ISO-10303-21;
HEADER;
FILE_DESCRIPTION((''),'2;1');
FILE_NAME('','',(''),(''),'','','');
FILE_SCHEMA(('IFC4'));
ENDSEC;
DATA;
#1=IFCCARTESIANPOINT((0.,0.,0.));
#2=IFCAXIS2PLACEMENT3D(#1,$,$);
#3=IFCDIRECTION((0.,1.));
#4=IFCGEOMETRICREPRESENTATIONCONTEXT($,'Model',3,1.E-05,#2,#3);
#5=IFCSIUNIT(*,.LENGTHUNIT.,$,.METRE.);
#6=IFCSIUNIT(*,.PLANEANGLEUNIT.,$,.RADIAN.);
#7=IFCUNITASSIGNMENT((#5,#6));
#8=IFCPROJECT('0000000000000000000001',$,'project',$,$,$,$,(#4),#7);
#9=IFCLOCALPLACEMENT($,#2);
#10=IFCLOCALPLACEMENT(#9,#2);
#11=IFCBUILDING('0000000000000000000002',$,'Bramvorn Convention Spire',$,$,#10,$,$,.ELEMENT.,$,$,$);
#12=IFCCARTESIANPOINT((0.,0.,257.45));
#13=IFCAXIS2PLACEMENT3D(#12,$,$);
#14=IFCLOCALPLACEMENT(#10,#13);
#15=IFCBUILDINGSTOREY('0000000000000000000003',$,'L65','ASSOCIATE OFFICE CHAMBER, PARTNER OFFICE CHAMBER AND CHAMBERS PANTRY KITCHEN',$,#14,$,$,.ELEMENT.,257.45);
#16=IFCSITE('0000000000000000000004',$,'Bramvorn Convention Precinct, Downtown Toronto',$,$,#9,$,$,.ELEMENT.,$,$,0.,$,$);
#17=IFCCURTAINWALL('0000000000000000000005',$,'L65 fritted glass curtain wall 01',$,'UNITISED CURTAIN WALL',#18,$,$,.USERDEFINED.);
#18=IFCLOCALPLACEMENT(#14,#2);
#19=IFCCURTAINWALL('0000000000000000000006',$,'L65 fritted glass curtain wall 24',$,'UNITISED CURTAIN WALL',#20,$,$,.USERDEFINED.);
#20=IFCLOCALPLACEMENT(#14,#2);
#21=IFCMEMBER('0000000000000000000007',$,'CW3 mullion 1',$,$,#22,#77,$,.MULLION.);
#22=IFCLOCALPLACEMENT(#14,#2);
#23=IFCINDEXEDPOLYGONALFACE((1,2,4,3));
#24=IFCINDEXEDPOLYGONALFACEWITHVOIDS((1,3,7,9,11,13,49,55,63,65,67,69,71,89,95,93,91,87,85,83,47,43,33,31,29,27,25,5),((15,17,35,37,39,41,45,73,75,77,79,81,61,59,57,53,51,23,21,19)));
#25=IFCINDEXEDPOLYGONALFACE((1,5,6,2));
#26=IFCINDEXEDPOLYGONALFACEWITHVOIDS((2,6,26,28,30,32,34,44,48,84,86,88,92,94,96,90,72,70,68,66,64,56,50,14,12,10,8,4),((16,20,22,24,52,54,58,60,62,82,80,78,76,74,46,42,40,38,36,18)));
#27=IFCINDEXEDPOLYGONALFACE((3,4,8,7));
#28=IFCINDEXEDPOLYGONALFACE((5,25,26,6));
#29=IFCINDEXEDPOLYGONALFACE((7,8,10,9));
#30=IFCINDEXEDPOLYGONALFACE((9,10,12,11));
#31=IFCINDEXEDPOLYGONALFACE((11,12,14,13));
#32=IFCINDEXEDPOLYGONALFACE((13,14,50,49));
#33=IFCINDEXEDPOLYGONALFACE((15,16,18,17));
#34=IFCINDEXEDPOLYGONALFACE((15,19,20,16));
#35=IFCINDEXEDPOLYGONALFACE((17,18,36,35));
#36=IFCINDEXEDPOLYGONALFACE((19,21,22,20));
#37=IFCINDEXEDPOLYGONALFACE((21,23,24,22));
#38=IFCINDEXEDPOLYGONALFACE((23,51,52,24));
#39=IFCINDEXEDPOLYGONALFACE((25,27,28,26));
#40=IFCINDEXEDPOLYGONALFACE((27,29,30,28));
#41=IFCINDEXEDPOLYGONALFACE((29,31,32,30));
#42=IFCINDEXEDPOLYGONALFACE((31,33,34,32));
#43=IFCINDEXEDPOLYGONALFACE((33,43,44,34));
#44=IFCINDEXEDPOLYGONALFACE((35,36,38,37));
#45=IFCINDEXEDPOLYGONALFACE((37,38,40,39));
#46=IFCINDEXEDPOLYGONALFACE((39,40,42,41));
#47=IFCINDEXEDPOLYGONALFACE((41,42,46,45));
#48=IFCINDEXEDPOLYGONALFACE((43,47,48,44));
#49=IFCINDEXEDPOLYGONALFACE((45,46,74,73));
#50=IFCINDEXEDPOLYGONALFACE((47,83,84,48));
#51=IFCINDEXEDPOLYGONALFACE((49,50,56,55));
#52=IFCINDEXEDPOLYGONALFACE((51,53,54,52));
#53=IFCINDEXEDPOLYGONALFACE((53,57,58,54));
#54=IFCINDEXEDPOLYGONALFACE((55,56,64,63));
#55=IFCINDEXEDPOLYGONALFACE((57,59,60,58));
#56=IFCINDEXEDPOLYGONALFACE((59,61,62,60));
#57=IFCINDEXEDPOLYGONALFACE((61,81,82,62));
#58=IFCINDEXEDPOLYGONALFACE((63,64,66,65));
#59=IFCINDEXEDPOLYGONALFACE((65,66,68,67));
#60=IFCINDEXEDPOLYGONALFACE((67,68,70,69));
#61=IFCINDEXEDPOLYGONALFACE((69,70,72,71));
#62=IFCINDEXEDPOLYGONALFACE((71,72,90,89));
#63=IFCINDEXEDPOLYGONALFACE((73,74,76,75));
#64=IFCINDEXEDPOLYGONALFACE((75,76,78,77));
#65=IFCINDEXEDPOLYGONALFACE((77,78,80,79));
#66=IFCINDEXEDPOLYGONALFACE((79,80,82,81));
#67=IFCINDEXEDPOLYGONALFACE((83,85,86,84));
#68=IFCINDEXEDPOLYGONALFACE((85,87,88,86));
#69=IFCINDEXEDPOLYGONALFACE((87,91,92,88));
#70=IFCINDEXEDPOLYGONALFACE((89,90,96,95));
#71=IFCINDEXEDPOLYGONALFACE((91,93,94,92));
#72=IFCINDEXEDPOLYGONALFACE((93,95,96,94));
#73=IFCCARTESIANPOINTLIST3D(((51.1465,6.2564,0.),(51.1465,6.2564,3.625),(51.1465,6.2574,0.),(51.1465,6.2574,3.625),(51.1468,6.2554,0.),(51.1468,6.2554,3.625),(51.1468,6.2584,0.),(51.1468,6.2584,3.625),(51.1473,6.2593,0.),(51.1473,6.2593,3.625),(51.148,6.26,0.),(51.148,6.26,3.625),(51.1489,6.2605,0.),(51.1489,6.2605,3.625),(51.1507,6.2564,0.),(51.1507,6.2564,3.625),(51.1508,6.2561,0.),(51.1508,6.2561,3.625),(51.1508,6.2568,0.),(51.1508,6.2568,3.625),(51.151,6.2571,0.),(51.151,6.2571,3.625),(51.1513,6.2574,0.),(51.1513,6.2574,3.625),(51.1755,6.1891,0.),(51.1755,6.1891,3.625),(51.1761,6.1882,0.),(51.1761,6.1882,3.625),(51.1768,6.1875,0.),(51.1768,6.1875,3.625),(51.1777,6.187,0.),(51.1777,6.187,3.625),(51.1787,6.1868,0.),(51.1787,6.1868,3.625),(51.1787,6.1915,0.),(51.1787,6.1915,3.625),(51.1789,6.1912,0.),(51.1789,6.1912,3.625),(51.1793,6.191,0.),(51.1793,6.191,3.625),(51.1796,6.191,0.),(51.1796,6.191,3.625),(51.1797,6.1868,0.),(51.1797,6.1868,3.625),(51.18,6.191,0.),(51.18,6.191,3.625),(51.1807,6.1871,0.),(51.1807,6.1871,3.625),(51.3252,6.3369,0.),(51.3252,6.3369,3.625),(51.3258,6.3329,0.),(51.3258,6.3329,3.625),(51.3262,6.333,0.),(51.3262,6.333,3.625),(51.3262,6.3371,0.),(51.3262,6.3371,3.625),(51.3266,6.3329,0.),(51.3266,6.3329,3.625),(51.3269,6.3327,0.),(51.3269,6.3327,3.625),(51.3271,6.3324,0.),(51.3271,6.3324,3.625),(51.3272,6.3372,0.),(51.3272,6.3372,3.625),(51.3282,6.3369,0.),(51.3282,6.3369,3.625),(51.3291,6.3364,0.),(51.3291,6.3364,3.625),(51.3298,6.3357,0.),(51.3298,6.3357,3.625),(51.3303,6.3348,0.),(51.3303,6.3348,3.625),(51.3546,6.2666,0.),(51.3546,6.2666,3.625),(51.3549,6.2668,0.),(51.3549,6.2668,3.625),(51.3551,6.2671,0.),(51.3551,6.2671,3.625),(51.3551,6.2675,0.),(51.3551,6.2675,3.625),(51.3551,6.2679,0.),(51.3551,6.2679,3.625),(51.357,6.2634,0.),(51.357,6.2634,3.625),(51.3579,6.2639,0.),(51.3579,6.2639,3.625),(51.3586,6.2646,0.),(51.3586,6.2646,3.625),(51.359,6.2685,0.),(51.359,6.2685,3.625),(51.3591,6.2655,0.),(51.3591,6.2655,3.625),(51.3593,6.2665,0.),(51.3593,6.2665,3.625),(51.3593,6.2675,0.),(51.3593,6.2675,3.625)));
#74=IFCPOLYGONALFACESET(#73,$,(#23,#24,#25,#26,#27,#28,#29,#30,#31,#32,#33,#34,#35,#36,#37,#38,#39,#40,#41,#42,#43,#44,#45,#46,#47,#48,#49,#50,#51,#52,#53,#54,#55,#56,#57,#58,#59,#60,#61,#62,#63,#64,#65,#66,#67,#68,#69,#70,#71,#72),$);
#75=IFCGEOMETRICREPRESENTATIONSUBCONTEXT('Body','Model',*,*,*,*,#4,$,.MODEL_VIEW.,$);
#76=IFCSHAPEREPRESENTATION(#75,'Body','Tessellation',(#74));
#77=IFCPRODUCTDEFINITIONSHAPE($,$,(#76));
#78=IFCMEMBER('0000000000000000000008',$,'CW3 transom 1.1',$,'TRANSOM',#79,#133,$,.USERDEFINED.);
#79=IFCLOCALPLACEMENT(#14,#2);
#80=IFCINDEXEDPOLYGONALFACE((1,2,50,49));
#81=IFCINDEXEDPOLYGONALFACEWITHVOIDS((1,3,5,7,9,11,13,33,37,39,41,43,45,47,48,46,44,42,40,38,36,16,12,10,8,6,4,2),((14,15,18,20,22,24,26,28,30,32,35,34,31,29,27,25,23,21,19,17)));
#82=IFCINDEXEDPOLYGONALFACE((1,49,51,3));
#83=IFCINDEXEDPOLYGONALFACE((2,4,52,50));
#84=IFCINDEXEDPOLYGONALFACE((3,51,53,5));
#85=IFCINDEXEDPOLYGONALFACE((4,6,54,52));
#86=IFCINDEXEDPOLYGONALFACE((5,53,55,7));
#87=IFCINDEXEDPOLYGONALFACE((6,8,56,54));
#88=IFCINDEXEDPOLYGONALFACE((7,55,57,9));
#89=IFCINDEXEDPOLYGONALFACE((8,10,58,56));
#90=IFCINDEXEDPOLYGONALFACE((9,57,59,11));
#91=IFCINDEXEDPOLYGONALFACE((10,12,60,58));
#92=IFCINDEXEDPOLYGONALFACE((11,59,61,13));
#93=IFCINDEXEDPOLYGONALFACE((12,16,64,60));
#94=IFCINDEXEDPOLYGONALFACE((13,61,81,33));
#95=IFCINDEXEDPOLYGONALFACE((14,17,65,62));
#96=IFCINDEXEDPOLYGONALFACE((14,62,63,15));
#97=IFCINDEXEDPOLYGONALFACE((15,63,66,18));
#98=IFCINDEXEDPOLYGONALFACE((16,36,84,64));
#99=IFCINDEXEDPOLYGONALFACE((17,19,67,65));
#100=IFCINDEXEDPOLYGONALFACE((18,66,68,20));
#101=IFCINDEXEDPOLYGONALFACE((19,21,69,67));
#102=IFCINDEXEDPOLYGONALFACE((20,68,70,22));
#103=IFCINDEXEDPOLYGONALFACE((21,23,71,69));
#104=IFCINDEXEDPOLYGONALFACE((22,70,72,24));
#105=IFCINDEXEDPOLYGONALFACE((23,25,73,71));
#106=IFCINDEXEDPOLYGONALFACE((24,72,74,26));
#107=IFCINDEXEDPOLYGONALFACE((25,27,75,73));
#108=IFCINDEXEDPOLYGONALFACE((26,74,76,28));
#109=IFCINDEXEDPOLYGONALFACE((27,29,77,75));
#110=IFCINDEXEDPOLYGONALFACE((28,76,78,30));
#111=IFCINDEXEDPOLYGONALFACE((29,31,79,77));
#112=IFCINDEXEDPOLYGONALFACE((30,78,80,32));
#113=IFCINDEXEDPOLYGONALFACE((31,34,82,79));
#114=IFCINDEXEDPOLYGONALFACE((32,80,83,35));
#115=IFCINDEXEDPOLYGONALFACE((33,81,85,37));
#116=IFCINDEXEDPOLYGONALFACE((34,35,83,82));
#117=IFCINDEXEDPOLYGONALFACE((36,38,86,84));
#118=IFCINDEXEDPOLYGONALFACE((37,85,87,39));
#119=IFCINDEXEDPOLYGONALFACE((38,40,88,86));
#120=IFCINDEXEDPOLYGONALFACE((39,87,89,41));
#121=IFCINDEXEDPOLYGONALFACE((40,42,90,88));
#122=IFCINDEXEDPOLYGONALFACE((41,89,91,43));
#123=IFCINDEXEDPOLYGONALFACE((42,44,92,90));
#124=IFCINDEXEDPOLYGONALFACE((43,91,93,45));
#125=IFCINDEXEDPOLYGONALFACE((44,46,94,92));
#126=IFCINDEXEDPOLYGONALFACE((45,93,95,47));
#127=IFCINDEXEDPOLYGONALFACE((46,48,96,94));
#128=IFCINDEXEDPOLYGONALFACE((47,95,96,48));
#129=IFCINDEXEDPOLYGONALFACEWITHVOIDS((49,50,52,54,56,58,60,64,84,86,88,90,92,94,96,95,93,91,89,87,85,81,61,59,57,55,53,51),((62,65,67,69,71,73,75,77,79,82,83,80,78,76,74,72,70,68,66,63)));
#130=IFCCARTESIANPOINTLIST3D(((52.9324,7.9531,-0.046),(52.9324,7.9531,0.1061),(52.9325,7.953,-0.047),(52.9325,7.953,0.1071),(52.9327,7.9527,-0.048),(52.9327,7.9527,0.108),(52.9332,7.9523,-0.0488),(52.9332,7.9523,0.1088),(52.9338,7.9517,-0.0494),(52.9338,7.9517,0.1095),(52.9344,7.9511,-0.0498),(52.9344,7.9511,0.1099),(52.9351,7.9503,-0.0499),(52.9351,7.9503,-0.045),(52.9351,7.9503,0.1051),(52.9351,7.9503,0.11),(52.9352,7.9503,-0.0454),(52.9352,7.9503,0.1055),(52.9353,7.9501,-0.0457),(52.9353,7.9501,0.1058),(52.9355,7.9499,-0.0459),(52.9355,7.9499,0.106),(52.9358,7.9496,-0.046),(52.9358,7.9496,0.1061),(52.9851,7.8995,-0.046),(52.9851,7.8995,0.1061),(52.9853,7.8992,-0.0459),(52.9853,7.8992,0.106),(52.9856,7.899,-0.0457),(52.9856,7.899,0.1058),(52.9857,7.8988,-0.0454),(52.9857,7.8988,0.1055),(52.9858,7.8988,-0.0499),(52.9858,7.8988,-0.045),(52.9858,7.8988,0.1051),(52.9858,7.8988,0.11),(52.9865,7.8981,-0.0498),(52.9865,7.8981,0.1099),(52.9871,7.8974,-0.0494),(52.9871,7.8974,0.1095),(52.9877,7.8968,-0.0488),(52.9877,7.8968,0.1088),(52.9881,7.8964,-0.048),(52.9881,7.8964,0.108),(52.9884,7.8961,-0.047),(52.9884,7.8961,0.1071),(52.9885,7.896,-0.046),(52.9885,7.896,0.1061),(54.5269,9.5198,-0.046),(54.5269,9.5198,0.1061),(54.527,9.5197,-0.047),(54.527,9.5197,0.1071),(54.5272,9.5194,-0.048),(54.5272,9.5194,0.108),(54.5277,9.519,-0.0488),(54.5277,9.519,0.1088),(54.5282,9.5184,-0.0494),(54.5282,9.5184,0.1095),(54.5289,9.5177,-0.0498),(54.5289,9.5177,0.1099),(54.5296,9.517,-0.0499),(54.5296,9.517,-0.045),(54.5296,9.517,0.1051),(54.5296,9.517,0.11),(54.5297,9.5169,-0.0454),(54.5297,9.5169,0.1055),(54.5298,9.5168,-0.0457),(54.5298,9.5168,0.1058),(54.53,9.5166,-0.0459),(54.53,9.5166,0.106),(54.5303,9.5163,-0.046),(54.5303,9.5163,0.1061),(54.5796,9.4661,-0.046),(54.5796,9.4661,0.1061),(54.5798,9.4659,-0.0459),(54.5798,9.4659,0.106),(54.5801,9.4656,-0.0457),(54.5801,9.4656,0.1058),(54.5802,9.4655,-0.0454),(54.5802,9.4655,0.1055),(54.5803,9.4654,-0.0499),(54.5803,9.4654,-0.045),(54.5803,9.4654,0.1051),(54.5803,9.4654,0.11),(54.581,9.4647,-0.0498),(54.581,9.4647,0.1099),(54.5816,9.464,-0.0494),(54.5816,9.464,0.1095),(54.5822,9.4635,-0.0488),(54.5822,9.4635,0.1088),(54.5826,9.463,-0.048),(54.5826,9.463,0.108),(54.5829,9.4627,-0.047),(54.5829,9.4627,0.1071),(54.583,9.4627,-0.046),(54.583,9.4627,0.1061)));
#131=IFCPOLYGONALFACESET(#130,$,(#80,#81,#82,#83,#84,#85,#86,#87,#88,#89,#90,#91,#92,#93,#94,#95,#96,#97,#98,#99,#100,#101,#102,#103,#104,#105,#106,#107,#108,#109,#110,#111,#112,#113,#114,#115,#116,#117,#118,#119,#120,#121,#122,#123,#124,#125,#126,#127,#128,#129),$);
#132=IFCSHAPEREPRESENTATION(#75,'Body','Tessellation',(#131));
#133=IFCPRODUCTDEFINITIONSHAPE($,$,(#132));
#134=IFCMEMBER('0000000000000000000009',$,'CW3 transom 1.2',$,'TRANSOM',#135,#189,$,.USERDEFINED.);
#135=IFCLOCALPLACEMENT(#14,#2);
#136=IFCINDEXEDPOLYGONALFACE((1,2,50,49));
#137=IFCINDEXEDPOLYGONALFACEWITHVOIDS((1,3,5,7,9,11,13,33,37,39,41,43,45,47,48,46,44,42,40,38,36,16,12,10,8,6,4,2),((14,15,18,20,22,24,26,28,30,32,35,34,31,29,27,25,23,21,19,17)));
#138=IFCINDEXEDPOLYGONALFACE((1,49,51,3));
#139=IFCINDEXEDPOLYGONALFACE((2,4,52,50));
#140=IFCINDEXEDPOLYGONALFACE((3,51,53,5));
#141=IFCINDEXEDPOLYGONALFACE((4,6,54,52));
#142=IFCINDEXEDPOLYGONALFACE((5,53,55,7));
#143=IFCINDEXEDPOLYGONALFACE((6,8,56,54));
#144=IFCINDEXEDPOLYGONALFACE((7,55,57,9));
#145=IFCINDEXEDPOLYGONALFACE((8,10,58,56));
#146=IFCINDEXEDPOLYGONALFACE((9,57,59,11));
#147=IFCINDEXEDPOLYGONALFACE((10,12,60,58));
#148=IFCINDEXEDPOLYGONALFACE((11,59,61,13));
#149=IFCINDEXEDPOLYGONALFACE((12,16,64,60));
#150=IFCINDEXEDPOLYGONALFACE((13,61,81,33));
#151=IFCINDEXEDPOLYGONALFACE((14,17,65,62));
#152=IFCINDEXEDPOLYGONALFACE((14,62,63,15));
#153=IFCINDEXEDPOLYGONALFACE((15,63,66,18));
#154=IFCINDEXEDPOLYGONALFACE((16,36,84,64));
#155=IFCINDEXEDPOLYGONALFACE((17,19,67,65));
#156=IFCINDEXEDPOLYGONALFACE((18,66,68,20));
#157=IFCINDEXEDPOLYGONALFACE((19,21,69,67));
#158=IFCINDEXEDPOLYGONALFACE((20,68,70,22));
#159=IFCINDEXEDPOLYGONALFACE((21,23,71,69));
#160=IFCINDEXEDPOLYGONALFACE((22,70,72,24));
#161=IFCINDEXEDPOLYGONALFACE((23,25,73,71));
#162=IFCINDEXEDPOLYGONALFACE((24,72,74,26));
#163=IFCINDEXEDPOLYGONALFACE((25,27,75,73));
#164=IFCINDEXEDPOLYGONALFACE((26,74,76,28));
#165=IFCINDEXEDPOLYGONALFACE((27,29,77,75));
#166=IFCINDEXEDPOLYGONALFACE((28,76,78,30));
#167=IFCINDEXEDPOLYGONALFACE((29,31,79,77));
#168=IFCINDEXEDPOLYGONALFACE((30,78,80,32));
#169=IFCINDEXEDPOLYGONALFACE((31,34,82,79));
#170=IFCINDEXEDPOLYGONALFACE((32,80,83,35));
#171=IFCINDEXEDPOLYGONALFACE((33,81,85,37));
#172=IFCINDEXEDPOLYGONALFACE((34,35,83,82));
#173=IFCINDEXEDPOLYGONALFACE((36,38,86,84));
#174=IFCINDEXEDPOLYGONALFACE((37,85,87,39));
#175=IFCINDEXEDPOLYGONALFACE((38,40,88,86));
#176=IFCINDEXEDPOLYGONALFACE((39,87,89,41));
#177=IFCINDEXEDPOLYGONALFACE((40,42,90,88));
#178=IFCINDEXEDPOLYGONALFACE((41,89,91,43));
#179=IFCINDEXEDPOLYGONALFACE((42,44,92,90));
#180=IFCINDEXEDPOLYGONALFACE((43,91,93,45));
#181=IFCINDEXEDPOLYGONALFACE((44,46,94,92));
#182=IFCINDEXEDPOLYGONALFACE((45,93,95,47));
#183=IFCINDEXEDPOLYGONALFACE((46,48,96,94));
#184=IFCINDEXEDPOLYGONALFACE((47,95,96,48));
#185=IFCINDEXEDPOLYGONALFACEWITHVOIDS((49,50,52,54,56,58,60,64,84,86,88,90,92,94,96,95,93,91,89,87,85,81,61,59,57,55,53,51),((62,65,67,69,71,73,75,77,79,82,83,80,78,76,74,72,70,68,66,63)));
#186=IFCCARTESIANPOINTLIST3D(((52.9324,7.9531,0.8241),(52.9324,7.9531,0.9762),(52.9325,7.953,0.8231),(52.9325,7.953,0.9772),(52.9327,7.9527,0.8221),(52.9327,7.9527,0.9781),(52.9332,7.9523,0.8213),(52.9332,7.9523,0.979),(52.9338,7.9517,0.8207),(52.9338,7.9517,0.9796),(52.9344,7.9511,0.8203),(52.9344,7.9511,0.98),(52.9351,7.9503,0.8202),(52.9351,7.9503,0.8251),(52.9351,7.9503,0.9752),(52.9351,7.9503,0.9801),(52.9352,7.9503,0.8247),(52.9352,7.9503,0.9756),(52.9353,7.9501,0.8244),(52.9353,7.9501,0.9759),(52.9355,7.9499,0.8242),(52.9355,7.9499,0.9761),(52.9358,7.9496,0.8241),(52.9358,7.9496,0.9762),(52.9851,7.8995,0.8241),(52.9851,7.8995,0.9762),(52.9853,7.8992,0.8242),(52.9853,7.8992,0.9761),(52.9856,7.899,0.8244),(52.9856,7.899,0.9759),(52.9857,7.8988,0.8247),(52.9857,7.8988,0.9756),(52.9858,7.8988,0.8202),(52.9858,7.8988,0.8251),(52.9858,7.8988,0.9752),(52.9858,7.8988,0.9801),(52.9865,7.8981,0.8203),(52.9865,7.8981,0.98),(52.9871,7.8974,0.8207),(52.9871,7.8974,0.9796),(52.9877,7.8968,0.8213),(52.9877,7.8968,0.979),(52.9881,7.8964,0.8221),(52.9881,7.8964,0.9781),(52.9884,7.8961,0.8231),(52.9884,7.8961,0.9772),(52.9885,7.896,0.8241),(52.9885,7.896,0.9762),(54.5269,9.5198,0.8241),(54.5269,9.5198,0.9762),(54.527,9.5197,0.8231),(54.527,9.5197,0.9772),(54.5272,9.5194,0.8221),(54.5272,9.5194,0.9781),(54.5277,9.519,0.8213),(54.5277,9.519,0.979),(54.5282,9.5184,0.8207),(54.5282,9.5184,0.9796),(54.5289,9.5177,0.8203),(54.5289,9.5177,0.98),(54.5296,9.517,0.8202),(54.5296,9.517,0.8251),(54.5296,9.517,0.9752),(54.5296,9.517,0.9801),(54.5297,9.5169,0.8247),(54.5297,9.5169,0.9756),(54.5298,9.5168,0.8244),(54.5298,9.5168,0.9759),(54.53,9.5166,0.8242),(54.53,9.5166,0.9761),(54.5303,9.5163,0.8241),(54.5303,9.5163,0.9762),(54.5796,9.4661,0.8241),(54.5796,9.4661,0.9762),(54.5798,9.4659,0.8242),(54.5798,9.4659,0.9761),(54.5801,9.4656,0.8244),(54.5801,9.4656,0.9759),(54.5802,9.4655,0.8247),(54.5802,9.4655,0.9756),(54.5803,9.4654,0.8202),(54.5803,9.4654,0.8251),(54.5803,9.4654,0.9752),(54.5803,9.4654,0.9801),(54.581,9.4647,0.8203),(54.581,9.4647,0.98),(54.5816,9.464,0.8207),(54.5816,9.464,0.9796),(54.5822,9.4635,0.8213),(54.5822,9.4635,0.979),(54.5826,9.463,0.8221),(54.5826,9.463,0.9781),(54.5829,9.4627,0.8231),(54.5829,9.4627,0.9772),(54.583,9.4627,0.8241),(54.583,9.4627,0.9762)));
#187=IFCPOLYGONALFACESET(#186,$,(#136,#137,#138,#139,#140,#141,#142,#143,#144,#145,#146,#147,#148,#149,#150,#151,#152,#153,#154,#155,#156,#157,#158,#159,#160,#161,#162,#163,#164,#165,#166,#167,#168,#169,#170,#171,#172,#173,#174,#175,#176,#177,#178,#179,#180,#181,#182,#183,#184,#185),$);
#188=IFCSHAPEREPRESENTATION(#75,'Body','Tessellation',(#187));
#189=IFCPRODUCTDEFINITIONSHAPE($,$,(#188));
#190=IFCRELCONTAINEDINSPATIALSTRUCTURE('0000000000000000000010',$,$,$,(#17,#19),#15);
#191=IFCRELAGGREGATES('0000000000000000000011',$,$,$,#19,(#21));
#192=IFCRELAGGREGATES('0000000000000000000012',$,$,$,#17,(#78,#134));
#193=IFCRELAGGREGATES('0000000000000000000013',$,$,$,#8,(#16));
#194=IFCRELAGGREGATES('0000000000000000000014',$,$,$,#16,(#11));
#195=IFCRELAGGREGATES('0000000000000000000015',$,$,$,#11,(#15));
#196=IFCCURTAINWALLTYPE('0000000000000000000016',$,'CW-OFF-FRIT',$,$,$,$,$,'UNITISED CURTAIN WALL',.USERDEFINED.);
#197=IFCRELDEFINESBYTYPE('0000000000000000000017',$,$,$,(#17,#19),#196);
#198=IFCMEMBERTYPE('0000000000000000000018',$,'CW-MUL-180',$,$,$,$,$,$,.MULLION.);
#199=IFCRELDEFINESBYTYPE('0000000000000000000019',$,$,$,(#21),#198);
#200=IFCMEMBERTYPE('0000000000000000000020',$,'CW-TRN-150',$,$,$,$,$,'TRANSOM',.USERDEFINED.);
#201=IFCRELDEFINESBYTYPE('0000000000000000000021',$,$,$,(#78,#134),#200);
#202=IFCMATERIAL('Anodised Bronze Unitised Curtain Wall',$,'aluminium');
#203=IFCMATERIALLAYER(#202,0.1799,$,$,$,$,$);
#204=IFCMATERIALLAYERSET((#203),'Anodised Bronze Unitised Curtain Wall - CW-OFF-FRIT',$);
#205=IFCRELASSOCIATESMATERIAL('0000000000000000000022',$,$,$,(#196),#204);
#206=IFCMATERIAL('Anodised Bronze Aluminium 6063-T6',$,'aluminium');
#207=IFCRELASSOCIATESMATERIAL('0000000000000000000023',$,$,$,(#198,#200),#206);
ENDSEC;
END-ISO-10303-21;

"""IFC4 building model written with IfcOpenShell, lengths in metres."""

from ifc_helpers import new_model, si_unit, direction, frame, origin, origin_2d, place, context, subcontext, project, spatial, hollow_rectangle, extrude, material, layer, layer_set, material_profile, profile_set, type_object, element, aggregate, save


model = new_model("IFC4")

# Units and contexts
model_context = context("Model", 3, precision=1e-05, world=origin(), true_north=direction((0.0, 1.0)))
body_context = subcontext(model_context, "Body", "Model", "MODEL_VIEW")
ifc_project = project(units=[si_unit("LENGTHUNIT", "METRE"), si_unit("PLANEANGLEUNIT", "RADIAN")], contexts=[model_context])

# Site, building, storey
site_placement = place(None, origin())
site = spatial("IfcSite", under=ifc_project, at=site_placement, Name="Bramvorn Convention Precinct, Downtown Toronto", CompositionType="ELEMENT", RefElevation=0.0)
building_placement = place(site_placement, origin())
building = spatial("IfcBuilding", under=site, at=building_placement, Name="Bramvorn Convention Spire", CompositionType="ELEMENT")
storey_placement = place(building_placement, frame((0.0, 0.0, 257.45)))
storey = spatial("IfcBuildingStorey", under=building, at=storey_placement, Name="L65", Description="ASSOCIATE OFFICE CHAMBER, PARTNER OFFICE CHAMBER AND CHAMBERS PANTRY KITCHEN", CompositionType="ELEMENT", Elevation=257.45)

# Curtain wall
ifc_material_1 = material(Name="Anodised Bronze Unitised Curtain Wall", Category="aluminium")
ifc_layer_1 = layer(ifc_material_1, 0.1799)
ifc_layer_set_1 = layer_set([ifc_layer_1], Name="Anodised Bronze Unitised Curtain Wall - CW-OFF-FRIT")
curtain_wall_type = type_object("IfcCurtainWallType", Name="CW-OFF-FRIT", ElementType="UNITISED CURTAIN WALL", PredefinedType="USERDEFINED", material=ifc_layer_set_1)
curtain_wall_1_placement = place(storey_placement, origin())
curtain_wall_1 = element("IfcCurtainWall", 1, at=curtain_wall_1_placement, inside=storey, type_object=curtain_wall_type, Name="L65 fritted glass curtain wall 01", ObjectType="UNITISED CURTAIN WALL", PredefinedType="USERDEFINED")
ifc_material_2 = material(Name="Anodised Bronze Aluminium 6063-T6", Category="aluminium")
ifc_material_profile_1 = material_profile(ifc_material_2, hollow_rectangle(XDim=0.0801, YDim=0.2, WallThickness=0.0039, InnerFilletRadius=0.001, OuterFilletRadius=0.0039, at=origin_2d()))
ifc_profile_set_1 = profile_set([ifc_material_profile_1], Name="Anodised Bronze Aluminium 6063-T6 - CWM80X200")
member_type_1 = type_object("IfcMemberType", Name="CW-MUL-180", PredefinedType="MULLION", material=ifc_profile_set_1)

# Curtain wall, member
curtain_wall_2_placement = place(storey_placement, origin())
curtain_wall_2 = element("IfcCurtainWall", 2, at=curtain_wall_2_placement, inside=storey, type_object=curtain_wall_type, Name="L65 fritted glass curtain wall 24", ObjectType="UNITISED CURTAIN WALL", PredefinedType="USERDEFINED")
member_1_placement = place(storey_placement, frame((51.2529, 6.262, 0.0), z_axis=(0.0, 0.0, 1.0), x_axis=(0.397215, -0.917726, 0.0)))
member_1 = element("IfcMember", 3, at=member_1_placement, type_object=member_type_1, Name="CW3 mullion 1", PredefinedType="MULLION", context=body_context, shape_type="SweptSolid", body=[
    extrude(hollow_rectangle(XDim=0.0801, YDim=0.2, WallThickness=0.0039, InnerFilletRadius=0.001, OuterFilletRadius=0.0039, at=origin_2d()), origin(), (0.0, 0.0, 1.0), 3.625),
])

# Members
ifc_material_profile_2 = material_profile(ifc_material_2, hollow_rectangle(XDim=0.0801, YDim=0.1599, WallThickness=0.0039, InnerFilletRadius=0.001, OuterFilletRadius=0.0039, at=origin_2d()))
ifc_profile_set_2 = profile_set([ifc_material_profile_2], Name="Anodised Bronze Aluminium 6063-T6 - CWT80X160")
member_type_2 = type_object("IfcMemberType", Name="CW-TRN-150", ElementType="TRANSOM", PredefinedType="USERDEFINED", material=ifc_profile_set_2)
member_2_placement = place(storey_placement, frame((54.5549, 9.4912, 0.03), z_axis=(-0.713305, -0.700854, 0.0), x_axis=(0.700854, -0.713305, 0.0)))
member_2 = element("IfcMember", 4, at=member_2_placement, type_object=member_type_2, Name="CW3 transom 1.1", ObjectType="TRANSOM", PredefinedType="USERDEFINED", context=body_context, shape_type="SweptSolid", body=[
    extrude(hollow_rectangle(XDim=0.0801, YDim=0.1599, WallThickness=0.0039, InnerFilletRadius=0.001, OuterFilletRadius=0.0039, at=origin_2d()), origin(), (0.0, 0.0, 1.0), 2.2354),
])
member_3_placement = place(storey_placement, frame((54.5549, 9.4912, 0.9001), z_axis=(-0.713305, -0.700854, 0.0), x_axis=(0.700854, -0.713305, 0.0)))
member_3 = element("IfcMember", 5, at=member_3_placement, type_object=member_type_2, Name="CW3 transom 1.2", ObjectType="TRANSOM", PredefinedType="USERDEFINED", context=body_context, shape_type="SweptSolid", body=[
    extrude(hollow_rectangle(XDim=0.0801, YDim=0.1599, WallThickness=0.0039, InnerFilletRadius=0.001, OuterFilletRadius=0.0039, at=origin_2d()), origin(), (0.0, 0.0, 1.0), 2.2354),
])
aggregate(curtain_wall_2, [member_1])

aggregate(curtain_wall_1, [member_2, member_3])

save(model, "model.ifc")
